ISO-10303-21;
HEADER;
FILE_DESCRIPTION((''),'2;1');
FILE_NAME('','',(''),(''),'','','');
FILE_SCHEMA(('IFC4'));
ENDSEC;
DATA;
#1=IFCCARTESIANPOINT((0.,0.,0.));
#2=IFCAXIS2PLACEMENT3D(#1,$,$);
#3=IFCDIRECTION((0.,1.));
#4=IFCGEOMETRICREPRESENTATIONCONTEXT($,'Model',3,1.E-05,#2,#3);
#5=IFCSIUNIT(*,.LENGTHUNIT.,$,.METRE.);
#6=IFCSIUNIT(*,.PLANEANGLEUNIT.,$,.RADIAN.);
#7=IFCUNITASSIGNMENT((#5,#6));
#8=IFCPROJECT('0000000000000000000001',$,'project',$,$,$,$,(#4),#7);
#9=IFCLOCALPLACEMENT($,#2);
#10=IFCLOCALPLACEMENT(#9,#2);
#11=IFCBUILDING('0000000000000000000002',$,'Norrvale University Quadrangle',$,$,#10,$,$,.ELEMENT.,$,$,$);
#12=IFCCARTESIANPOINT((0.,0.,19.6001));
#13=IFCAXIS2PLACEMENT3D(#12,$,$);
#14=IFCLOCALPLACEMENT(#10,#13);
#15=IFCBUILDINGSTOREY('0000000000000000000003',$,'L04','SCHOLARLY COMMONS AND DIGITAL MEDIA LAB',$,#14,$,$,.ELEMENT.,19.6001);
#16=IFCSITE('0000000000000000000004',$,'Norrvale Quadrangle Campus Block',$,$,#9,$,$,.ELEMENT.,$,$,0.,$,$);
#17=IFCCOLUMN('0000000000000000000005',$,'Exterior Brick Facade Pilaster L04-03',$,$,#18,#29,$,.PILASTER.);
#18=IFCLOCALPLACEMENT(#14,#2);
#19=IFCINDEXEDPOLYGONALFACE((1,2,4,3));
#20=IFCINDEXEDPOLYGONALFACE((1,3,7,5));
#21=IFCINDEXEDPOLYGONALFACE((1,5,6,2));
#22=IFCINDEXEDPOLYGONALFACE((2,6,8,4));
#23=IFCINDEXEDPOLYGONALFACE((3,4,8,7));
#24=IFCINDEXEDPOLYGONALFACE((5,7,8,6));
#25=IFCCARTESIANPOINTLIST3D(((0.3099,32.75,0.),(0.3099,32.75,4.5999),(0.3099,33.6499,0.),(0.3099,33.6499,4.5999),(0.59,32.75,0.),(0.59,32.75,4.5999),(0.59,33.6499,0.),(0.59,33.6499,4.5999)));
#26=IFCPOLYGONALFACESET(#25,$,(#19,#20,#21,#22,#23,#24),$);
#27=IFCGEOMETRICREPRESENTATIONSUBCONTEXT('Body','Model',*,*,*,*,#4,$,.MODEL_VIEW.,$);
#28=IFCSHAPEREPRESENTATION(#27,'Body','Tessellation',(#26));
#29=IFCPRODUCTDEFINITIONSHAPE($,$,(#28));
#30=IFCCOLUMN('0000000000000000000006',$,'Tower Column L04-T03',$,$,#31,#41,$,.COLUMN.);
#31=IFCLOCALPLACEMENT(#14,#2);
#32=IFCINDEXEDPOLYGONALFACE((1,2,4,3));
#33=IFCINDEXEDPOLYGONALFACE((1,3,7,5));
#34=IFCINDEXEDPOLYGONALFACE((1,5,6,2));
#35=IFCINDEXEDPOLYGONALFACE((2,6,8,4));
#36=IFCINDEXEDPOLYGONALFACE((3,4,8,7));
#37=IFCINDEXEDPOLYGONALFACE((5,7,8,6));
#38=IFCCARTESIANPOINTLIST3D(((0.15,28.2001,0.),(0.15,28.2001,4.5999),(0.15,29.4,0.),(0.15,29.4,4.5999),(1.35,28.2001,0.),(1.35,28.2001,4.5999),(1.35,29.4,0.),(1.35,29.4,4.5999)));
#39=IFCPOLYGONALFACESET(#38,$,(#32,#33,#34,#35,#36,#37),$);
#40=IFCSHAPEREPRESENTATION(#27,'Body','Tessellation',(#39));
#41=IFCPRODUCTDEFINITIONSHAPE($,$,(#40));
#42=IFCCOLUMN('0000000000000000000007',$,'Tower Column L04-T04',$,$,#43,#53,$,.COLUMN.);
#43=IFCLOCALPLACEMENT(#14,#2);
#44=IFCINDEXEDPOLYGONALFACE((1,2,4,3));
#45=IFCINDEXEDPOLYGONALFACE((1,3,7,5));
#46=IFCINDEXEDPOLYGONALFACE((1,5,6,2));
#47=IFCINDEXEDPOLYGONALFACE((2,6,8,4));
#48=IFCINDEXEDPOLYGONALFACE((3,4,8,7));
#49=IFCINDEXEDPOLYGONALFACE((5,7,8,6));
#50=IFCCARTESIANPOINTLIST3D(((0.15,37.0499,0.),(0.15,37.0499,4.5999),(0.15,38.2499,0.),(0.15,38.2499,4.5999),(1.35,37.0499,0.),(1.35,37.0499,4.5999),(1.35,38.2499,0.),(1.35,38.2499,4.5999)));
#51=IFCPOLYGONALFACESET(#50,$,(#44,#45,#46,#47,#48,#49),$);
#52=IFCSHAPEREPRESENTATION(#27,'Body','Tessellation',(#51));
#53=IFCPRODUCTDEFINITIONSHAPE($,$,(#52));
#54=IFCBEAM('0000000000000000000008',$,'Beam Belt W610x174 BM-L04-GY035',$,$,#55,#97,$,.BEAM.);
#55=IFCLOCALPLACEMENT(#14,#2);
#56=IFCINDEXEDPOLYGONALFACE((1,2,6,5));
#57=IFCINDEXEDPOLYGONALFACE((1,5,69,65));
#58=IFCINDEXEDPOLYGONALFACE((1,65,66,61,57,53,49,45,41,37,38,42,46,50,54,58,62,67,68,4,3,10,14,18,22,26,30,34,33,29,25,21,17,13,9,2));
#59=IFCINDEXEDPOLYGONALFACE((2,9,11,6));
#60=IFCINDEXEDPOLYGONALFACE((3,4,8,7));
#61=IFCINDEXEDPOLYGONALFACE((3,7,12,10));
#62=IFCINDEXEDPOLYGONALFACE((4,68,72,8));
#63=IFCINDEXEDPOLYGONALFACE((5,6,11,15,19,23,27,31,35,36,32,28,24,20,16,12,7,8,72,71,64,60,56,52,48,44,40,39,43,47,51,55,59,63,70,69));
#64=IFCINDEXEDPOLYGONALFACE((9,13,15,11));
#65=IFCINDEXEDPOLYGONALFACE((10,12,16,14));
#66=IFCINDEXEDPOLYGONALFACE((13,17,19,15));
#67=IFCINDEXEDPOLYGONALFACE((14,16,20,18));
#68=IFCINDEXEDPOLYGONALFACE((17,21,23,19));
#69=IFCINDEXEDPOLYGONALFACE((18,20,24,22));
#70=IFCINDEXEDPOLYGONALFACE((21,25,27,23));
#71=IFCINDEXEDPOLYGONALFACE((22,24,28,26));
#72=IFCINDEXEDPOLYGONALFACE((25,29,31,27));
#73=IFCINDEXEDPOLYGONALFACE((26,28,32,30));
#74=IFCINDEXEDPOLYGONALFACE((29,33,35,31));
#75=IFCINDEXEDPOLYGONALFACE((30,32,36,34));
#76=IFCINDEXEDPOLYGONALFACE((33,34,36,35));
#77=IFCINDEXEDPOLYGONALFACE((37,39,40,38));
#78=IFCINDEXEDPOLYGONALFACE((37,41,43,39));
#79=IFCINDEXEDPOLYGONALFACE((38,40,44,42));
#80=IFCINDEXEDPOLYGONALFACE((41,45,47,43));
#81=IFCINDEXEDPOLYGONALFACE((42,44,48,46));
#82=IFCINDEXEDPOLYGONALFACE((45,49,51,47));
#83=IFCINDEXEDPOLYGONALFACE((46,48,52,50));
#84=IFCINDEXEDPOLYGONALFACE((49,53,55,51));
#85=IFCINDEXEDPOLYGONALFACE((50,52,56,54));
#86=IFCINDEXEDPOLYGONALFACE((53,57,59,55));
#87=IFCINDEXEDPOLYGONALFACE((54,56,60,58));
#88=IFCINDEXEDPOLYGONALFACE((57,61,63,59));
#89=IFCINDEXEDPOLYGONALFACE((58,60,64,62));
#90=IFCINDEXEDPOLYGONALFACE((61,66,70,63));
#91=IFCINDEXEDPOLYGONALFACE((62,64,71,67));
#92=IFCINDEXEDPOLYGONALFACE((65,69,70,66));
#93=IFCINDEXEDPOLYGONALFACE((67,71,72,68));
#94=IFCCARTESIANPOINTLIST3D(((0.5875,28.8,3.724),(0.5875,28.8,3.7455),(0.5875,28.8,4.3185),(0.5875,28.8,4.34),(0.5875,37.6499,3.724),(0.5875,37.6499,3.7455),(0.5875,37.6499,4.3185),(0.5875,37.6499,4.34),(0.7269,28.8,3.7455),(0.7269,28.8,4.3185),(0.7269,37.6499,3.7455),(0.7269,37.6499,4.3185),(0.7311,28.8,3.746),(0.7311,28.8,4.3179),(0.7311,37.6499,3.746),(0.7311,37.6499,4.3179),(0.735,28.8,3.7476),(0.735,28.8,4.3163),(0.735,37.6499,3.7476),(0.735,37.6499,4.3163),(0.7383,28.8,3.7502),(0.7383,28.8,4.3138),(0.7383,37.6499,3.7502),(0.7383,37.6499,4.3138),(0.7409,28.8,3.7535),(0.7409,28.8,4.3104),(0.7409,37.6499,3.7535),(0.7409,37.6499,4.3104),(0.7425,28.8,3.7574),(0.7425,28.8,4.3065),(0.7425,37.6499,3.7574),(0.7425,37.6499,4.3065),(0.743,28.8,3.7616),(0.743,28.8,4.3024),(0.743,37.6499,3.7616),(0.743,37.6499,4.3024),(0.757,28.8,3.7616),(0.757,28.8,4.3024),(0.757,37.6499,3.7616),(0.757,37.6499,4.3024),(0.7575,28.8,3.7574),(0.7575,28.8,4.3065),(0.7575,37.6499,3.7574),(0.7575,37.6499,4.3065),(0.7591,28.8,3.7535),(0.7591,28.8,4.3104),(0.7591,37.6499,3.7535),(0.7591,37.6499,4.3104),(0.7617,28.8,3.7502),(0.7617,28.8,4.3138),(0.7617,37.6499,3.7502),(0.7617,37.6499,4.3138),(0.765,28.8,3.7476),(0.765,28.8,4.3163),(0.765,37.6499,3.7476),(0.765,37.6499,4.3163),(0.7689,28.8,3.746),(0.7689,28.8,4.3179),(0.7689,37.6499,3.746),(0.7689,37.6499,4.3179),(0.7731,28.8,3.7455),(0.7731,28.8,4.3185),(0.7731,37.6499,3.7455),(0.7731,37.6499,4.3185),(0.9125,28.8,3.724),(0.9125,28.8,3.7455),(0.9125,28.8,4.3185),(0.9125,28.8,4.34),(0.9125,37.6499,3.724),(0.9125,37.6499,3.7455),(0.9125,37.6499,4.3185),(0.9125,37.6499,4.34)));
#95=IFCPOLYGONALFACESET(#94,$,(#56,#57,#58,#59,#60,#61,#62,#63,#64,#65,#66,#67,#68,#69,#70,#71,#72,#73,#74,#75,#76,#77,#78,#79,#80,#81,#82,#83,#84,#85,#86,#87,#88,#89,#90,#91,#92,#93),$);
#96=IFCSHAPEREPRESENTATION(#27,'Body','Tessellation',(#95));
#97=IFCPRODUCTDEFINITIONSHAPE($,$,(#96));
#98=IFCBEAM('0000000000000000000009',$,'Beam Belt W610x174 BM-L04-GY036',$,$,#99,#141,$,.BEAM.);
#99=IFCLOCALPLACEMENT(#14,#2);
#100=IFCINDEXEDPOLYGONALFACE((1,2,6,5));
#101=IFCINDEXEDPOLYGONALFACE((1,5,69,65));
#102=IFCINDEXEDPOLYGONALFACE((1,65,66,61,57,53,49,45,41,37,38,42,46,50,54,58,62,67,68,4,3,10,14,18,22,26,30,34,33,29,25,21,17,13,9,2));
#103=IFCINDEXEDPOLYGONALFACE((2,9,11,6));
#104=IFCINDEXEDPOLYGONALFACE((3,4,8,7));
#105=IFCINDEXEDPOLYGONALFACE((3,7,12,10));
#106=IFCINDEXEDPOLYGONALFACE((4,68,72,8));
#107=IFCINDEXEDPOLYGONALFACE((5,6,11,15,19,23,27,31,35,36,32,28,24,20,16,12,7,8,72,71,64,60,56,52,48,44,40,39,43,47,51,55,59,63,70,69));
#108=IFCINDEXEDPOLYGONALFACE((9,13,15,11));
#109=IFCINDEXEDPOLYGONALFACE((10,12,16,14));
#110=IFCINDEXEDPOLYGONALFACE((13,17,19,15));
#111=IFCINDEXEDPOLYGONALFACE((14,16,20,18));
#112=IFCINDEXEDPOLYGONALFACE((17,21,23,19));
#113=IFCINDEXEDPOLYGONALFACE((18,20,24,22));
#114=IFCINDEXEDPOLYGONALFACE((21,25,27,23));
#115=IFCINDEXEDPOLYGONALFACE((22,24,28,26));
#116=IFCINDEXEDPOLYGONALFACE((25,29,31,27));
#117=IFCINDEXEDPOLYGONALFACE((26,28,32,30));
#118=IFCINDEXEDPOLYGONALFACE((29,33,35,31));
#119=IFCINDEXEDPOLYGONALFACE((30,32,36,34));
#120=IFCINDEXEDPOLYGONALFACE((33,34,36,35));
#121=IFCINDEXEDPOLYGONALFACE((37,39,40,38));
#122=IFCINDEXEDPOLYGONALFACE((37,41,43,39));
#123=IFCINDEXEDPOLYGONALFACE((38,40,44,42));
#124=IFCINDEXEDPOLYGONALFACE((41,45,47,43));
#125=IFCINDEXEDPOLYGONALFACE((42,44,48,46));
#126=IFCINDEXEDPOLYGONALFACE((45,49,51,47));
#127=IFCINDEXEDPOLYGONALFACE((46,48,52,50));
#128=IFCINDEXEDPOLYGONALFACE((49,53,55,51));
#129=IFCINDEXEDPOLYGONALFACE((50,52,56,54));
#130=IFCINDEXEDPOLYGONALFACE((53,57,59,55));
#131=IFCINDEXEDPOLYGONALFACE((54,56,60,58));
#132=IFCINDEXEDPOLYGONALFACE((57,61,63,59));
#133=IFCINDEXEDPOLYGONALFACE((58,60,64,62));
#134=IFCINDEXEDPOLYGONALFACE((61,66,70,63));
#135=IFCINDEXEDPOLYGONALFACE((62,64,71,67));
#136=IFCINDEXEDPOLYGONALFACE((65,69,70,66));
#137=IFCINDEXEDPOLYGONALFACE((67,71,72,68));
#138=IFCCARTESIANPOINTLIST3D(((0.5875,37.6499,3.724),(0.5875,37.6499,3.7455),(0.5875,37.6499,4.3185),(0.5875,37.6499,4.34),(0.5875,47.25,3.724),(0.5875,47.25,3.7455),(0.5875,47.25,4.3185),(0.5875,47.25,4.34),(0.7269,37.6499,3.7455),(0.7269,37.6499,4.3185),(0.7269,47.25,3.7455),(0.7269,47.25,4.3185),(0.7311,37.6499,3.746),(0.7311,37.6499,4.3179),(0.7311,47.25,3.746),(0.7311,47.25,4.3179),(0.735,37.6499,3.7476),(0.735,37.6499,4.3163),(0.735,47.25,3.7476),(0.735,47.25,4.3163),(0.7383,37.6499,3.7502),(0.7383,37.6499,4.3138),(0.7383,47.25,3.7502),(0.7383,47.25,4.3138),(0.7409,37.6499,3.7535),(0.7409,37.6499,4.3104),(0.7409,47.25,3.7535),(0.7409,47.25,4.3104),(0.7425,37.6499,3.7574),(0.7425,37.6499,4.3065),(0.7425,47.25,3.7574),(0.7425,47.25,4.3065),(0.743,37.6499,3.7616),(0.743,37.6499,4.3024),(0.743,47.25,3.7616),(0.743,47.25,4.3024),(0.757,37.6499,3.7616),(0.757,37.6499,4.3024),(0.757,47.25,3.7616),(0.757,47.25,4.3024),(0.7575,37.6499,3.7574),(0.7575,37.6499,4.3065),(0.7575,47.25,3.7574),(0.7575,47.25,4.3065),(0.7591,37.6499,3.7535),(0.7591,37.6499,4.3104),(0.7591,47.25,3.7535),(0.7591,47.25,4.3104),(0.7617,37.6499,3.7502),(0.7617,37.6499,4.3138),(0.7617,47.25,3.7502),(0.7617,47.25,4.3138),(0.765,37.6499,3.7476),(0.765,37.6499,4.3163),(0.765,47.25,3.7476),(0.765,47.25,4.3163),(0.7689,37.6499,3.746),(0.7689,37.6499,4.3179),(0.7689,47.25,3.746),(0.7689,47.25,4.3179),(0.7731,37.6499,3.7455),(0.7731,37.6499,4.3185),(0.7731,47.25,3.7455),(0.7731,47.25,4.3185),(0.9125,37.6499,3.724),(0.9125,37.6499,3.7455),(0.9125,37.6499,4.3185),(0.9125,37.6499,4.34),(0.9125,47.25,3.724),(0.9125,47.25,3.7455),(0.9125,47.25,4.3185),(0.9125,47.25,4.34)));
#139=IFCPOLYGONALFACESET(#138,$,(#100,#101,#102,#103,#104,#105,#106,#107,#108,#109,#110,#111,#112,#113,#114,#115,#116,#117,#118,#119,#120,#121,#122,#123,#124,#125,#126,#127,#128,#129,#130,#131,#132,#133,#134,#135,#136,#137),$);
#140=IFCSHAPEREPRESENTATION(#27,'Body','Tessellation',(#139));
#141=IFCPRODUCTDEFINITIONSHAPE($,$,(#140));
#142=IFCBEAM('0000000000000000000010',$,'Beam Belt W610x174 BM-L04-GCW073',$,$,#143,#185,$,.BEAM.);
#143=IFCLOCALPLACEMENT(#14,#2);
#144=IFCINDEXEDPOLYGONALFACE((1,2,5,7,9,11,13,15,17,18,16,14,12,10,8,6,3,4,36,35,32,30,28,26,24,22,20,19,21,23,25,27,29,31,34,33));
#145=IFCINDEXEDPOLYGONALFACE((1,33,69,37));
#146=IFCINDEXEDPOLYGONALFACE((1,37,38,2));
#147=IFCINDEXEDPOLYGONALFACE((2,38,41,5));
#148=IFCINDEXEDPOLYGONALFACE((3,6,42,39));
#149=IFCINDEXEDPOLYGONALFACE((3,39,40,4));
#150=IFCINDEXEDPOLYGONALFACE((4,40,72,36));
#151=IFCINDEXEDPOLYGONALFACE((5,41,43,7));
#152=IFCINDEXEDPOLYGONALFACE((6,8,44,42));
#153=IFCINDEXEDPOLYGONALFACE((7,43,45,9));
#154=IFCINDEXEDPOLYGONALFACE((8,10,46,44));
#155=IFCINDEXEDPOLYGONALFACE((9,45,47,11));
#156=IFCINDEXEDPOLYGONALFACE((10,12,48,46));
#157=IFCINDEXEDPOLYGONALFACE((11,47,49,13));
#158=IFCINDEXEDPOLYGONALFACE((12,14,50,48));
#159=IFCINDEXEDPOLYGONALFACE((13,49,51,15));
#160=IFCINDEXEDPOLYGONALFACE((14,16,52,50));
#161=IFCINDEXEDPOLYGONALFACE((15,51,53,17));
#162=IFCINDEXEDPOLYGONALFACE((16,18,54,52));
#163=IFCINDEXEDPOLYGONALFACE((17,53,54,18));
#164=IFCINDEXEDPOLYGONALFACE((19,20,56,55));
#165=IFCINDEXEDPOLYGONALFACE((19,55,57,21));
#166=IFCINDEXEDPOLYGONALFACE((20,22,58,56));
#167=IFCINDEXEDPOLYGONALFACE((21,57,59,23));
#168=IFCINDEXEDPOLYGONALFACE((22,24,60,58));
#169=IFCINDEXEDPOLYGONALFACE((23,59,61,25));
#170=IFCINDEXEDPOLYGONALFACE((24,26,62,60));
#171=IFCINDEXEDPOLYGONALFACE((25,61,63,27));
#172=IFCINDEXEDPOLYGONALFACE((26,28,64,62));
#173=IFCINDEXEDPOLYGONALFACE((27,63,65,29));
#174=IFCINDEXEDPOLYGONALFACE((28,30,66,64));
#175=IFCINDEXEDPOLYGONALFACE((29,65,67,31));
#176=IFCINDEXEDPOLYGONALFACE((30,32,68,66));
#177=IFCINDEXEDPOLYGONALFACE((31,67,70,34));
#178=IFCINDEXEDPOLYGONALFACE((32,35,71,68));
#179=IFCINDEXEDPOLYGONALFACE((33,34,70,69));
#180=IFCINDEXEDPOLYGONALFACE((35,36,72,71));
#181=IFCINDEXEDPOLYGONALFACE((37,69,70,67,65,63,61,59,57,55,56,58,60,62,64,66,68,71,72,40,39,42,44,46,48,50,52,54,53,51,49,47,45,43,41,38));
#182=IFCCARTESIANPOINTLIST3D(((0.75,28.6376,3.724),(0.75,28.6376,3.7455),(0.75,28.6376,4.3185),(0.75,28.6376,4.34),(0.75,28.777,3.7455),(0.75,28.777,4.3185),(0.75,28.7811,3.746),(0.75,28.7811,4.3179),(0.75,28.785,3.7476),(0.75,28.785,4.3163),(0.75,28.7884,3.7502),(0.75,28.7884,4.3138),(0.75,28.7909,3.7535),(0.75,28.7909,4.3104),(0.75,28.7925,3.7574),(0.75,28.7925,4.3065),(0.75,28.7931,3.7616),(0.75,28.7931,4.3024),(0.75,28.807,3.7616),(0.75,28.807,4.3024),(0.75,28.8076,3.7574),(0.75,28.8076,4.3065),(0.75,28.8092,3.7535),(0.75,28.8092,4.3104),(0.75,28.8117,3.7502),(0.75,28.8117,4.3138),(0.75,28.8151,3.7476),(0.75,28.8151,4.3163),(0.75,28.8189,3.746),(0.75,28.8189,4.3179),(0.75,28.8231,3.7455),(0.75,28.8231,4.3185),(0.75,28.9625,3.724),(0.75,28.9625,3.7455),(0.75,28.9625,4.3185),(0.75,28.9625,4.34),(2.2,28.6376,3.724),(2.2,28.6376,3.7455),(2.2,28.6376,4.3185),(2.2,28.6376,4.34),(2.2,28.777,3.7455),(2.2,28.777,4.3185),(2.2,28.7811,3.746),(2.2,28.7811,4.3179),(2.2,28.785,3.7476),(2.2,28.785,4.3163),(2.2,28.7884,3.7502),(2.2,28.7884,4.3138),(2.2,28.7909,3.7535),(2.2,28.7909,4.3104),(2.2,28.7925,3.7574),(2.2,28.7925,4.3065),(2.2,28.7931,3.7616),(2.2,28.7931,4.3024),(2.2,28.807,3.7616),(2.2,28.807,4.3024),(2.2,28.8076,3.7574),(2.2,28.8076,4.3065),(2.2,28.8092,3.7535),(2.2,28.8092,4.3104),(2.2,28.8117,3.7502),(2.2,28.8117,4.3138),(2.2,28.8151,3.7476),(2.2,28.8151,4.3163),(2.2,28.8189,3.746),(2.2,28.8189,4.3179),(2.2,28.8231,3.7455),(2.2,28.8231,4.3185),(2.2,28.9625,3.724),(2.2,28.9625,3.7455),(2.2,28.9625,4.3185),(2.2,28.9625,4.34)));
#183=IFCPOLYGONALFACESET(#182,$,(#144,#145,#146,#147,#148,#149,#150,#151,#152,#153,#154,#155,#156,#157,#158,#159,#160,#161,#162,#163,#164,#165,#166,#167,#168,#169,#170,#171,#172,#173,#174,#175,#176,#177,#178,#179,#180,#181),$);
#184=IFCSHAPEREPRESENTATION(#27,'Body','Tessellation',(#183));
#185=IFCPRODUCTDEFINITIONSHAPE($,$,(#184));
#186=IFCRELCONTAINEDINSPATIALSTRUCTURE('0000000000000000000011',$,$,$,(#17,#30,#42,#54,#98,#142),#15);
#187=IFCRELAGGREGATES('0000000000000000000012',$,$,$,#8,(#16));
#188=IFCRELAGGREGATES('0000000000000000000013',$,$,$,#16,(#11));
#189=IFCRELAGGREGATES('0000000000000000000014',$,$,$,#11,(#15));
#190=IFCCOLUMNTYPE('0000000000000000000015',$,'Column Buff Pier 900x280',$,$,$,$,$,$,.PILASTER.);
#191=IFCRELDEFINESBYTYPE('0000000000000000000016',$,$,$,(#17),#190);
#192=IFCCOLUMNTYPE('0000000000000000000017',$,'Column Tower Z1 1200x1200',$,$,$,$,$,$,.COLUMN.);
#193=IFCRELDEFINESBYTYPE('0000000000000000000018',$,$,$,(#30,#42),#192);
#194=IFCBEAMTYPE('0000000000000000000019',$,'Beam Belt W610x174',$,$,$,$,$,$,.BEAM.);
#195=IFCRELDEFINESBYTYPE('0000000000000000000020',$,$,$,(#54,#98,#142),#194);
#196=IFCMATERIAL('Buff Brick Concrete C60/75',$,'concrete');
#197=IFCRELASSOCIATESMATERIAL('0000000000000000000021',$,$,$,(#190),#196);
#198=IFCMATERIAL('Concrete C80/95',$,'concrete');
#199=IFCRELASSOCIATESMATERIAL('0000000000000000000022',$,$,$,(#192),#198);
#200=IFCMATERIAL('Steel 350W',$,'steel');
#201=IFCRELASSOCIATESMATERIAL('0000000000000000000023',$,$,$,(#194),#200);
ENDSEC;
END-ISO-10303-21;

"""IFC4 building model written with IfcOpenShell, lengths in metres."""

from ifc_helpers import new_model, si_unit, direction, frame, origin, origin_2d, place, context, subcontext, project, spatial, rectangle, i_section, extrude, material, material_profile, profile_set, type_object, element, save


model = new_model("IFC4")

# Units and contexts
model_context = context("Model", 3, precision=1e-05, world=origin(), true_north=direction((0.0, 1.0)))
body_context = subcontext(model_context, "Body", "Model", "MODEL_VIEW")
ifc_project = project(units=[si_unit("LENGTHUNIT", "METRE"), si_unit("PLANEANGLEUNIT", "RADIAN")], contexts=[model_context])

# Site, building, storey
site_placement = place(None, origin())
site = spatial("IfcSite", under=ifc_project, at=site_placement, Name="Norrvale Quadrangle Campus Block", CompositionType="ELEMENT", RefElevation=0.0)
building_placement = place(site_placement, origin())
building = spatial("IfcBuilding", under=site, at=building_placement, Name="Norrvale University Quadrangle", CompositionType="ELEMENT")
storey_placement = place(building_placement, frame((0.0, 0.0, 19.6001)))
storey = spatial("IfcBuildingStorey", under=building, at=storey_placement, Name="L04", Description="SCHOLARLY COMMONS AND DIGITAL MEDIA LAB", CompositionType="ELEMENT", Elevation=19.6001)

# Columns
ifc_material_1 = material(Name="Buff Brick Concrete C60/75", Category="concrete")
ifc_material_profile_1 = material_profile(ifc_material_1, rectangle(XDim=0.8999, YDim=0.28, at=origin_2d()), Name="Buff Brick Concrete C60/75")
ifc_profile_set_1 = profile_set([ifc_material_profile_1], Name="Buff Brick Concrete C60/75")
column_type_1 = type_object("IfcColumnType", Name="Column Buff Pier 900x280", PredefinedType="PILASTER", material=ifc_profile_set_1)
column_placement = place(storey_placement, frame((0.45, 33.2, 0.0), z_axis=(0.0, 0.0, 1.0), x_axis=(0.0, 1.0, 0.0)))
element("IfcColumn", 1, at=column_placement, inside=storey, type_object=column_type_1, Name="Exterior Brick Facade Pilaster L04-03", PredefinedType="PILASTER", context=body_context, shape_type="SweptSolid", body=[
    extrude(rectangle(XDim=0.8999, YDim=0.28, at=origin_2d()), origin(), (0.0, 0.0, 1.0), 4.5999),
])
ifc_material_2 = material(Name="Concrete C80/95", Category="concrete")
ifc_material_profile_2 = material_profile(ifc_material_2, rectangle(XDim=1.2, YDim=1.2, at=origin_2d()), Name="Concrete C80/95")
ifc_profile_set_2 = profile_set([ifc_material_profile_2], Name="Concrete C80/95")
column_type_2 = type_object("IfcColumnType", Name="Column Tower Z1 1200x1200", PredefinedType="COLUMN", material=ifc_profile_set_2)
for number, where, z_axis, x_axis, name in (
    (2, (0.75, 28.8, 0.0), (0.0, 0.0, 1.0), (1.0, 0.0, 0.0), "Tower Column L04-T03"),
    (3, (0.75, 37.6499, 0.0), (0.0, 0.0, 1.0), (1.0, 0.0, 0.0), "Tower Column L04-T04"),
):
    element("IfcColumn", number, at=place(storey_placement, frame(where, z_axis=z_axis, x_axis=x_axis)), inside=storey, type_object=column_type_2, Name=name, PredefinedType="COLUMN", context=body_context, shape_type="SweptSolid", body=[
        extrude(rectangle(XDim=1.2, YDim=1.2, at=origin_2d()), origin(), (0.0, 0.0, 1.0), 4.5999),
    ])

# Beams
ifc_material_3 = material(Name="Steel 350W", Category="steel")
ifc_material_profile_3 = material_profile(ifc_material_3, i_section(OverallWidth=0.325, OverallDepth=0.616, WebThickness=0.0139, FlangeThickness=0.0215, FilletRadius=0.0161, at=origin_2d()), Name="Steel 350W")
ifc_profile_set_3 = profile_set([ifc_material_profile_3], Name="Steel 350W")
beam_type = type_object("IfcBeamType", Name="Beam Belt W610x174", PredefinedType="BEAM", material=ifc_profile_set_3)
beam_1_placement = place(storey_placement, frame((0.75, 28.8, 4.032), z_axis=(0.0, 1.0, 0.0), x_axis=(-1.0, 0.0, 0.0)))
element("IfcBeam", 4, at=beam_1_placement, inside=storey, type_object=beam_type, Name="Beam Belt W610x174 BM-L04-GY035", PredefinedType="BEAM", context=body_context, shape_type="SweptSolid", body=[
    extrude(i_section(OverallWidth=0.325, OverallDepth=0.616, WebThickness=0.0139, FlangeThickness=0.0215, FilletRadius=0.0161, at=origin_2d()), origin(), (0.0, 0.0, 1.0), 8.8499),
])
beam_2_placement = place(storey_placement, frame((0.75, 37.6499, 4.032), z_axis=(0.0, 1.0, 0.0), x_axis=(-1.0, 0.0, 0.0)))
element("IfcBeam", 5, at=beam_2_placement, inside=storey, type_object=beam_type, Name="Beam Belt W610x174 BM-L04-GY036", PredefinedType="BEAM", context=body_context, shape_type="SweptSolid", body=[
    extrude(i_section(OverallWidth=0.325, OverallDepth=0.616, WebThickness=0.0139, FlangeThickness=0.0215, FilletRadius=0.0161, at=origin_2d()), origin(), (0.0, 0.0, 1.0), 9.6001),
])
for number, where, z_axis, x_axis, name in (
    (6, (0.75, 28.8, 4.032), (1.0, 0.0, 0.0), (0.0, 1.0, 0.0), "Beam Belt W610x174 BM-L04-GCW073"),
):
    element("IfcBeam", number, at=place(storey_placement, frame(where, z_axis=z_axis, x_axis=x_axis)), inside=storey, type_object=beam_type, Name=name, PredefinedType="BEAM", context=body_context, shape_type="SweptSolid", body=[
        extrude(i_section(OverallWidth=0.325, OverallDepth=0.616, WebThickness=0.0139, FlangeThickness=0.0215, FilletRadius=0.0161, at=origin_2d()), origin(), (0.0, 0.0, 1.0), 1.45),
    ])

save(model, "model.ifc")
